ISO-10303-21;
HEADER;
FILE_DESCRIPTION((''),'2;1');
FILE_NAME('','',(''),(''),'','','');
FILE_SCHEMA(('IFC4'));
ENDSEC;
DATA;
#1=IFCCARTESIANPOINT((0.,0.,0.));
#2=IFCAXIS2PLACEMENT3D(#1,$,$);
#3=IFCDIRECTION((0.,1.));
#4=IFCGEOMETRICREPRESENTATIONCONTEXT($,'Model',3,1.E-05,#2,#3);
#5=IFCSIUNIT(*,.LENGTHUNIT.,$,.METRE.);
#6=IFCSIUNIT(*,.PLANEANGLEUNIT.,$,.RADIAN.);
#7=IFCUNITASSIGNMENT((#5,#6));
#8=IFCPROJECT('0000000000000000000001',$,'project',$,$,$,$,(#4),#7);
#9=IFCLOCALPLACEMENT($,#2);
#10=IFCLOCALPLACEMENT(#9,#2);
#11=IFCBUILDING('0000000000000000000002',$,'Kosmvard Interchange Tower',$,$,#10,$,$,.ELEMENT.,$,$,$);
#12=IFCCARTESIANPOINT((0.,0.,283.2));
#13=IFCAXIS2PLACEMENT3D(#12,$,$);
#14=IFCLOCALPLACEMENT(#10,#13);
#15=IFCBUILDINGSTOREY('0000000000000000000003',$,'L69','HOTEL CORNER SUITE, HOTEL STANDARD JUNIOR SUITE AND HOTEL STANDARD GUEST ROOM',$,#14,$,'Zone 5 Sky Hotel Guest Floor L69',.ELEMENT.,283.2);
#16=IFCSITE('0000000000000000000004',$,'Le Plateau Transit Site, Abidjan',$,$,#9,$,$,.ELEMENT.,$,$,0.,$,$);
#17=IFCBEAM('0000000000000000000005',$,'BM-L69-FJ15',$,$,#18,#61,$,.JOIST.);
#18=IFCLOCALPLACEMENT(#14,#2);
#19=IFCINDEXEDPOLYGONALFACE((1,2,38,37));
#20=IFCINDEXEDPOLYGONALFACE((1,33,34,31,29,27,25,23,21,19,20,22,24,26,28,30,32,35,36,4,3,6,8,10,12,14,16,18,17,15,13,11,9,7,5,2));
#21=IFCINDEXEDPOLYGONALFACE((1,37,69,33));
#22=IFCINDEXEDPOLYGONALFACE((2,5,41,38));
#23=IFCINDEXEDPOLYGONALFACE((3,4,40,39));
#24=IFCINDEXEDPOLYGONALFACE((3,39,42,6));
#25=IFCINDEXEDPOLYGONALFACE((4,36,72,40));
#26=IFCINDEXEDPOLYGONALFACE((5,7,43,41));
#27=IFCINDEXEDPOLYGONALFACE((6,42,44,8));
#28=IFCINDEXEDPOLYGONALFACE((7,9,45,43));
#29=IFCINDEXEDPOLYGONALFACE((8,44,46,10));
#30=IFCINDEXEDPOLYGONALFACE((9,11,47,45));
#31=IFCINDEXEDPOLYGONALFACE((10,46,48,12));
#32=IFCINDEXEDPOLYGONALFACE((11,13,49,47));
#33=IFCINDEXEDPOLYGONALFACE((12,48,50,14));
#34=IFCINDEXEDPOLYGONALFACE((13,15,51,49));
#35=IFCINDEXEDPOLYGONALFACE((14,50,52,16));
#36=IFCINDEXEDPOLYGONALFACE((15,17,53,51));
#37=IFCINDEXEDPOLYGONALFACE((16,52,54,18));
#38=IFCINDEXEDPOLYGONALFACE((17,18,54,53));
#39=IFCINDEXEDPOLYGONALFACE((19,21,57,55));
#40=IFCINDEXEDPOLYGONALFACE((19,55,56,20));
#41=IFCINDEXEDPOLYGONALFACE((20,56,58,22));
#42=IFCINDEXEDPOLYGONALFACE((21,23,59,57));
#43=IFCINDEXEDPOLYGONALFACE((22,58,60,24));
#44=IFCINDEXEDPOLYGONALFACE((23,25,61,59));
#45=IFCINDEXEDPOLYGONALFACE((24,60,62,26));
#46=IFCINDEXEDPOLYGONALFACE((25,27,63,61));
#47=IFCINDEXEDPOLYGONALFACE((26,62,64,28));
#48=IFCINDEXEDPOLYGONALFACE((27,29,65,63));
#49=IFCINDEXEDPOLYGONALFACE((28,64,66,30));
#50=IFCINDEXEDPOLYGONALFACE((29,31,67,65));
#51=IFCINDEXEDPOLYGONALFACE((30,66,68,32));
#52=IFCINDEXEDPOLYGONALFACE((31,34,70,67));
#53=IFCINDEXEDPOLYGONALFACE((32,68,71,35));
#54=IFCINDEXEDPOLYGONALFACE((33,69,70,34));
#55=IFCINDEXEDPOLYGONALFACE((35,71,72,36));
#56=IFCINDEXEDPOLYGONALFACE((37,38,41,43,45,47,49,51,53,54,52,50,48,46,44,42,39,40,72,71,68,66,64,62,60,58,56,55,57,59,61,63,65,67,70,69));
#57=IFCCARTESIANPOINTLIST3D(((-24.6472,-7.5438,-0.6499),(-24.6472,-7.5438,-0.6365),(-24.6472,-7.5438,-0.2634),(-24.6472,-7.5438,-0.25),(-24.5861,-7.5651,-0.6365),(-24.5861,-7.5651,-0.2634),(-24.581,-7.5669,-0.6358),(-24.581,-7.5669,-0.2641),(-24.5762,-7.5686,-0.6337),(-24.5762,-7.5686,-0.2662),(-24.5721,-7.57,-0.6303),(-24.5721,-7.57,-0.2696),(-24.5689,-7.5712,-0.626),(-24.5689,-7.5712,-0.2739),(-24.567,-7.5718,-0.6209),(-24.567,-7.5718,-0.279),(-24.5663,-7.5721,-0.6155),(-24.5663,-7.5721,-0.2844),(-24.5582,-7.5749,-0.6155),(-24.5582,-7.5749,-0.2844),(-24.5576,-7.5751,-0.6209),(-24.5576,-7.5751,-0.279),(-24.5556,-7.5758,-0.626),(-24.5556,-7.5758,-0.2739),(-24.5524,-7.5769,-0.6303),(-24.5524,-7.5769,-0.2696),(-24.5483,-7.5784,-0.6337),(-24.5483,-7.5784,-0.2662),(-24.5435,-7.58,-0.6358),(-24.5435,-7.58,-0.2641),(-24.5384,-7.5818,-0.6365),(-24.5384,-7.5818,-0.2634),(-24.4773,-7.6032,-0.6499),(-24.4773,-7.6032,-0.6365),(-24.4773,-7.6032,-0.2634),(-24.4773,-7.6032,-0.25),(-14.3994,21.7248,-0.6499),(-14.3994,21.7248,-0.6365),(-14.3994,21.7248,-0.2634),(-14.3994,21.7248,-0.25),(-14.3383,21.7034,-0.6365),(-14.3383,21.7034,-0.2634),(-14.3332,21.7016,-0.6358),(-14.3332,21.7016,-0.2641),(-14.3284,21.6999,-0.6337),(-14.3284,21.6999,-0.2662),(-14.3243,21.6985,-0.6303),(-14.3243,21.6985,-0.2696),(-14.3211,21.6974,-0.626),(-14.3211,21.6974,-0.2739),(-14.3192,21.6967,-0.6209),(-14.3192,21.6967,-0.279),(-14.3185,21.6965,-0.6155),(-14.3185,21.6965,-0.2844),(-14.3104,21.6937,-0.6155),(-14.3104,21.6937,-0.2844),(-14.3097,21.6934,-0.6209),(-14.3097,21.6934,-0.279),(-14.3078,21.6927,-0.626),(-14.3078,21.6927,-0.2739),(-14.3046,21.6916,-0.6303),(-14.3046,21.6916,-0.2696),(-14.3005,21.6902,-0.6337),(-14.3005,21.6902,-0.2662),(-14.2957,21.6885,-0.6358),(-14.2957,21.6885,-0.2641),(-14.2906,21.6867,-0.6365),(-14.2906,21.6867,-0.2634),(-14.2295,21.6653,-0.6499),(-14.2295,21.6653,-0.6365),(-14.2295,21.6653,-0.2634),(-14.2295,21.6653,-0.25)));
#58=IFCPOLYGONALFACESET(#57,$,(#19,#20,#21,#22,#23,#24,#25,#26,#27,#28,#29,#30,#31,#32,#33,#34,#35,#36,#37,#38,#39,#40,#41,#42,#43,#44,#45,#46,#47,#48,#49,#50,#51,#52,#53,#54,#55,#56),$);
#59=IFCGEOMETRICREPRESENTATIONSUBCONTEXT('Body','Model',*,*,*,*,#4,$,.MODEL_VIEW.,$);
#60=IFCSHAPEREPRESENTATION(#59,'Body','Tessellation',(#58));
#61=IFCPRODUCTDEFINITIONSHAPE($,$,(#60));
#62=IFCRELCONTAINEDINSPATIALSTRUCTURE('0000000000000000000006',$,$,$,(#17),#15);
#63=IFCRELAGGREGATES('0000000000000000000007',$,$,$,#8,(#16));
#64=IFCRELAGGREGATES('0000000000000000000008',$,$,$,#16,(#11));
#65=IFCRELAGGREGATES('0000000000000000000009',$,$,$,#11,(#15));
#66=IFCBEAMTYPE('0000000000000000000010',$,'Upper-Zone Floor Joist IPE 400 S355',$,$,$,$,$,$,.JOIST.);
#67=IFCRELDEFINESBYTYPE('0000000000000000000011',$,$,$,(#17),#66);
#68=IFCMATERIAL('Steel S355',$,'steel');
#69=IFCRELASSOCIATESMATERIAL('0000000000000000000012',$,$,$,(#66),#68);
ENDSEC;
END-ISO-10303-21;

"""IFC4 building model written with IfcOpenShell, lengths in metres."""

from ifc_helpers import new_model, si_unit, direction, frame, origin, origin_2d, place, context, subcontext, project, spatial, i_section, extrude, source, transform, mapped, material, material_profile, profile_set, type_object, element, save


model = new_model("IFC4")

# Units and contexts
model_context = context("Model", 3, precision=1e-05, world=origin(), true_north=direction((0.0, 1.0)))
body_context = subcontext(model_context, "Body", "Model", "MODEL_VIEW")
ifc_project = project(units=[si_unit("LENGTHUNIT", "METRE"), si_unit("PLANEANGLEUNIT", "RADIAN")], contexts=[model_context])

# Site, building, storey
site_placement = place(None, origin())
site = spatial("IfcSite", under=ifc_project, at=site_placement, Name="Le Plateau Transit Site, Abidjan", CompositionType="ELEMENT", RefElevation=0.0)
building_placement = place(site_placement, origin())
building = spatial("IfcBuilding", under=site, at=building_placement, Name="Kosmvard Interchange Tower", CompositionType="ELEMENT")
storey_placement = place(building_placement, frame((0.0, 0.0, 283.2)))
storey = spatial("IfcBuildingStorey", under=building, at=storey_placement, Name="L69", Description="HOTEL CORNER SUITE, HOTEL STANDARD JUNIOR SUITE AND HOTEL STANDARD GUEST ROOM", LongName="Zone 5 Sky Hotel Guest Floor L69", CompositionType="ELEMENT", Elevation=283.2)

# Beam
ifc_material_1 = material(Name="Steel S355", Category="steel")
ifc_material_profile_1 = material_profile(ifc_material_1, i_section(OverallWidth=0.1799, OverallDepth=0.3999, WebThickness=0.0085, FlangeThickness=0.0134, FilletRadius=0.021, at=origin_2d()), Name="IPE 400")
ifc_profile_set_1 = profile_set([ifc_material_profile_1], Name="Steel S355")
beam_type_1 = type_object("IfcBeamType", Name="Upper-Zone Floor Joist IPE 400 S355", PredefinedType="JOIST", material=ifc_profile_set_1)
shared_shape_1 = source(origin(), body_context, "Body", "SweptSolid", [
    extrude(i_section(OverallWidth=0.1799, OverallDepth=0.3999, WebThickness=0.0085, FlangeThickness=0.0134, FilletRadius=0.021, at=origin_2d()), origin(), (0.0, 0.0, 1.0), 31.0107),
])
beam_1_placement = place(storey_placement, frame((-14.3145, 21.6951, -0.45), z_axis=(-0.33046, -0.94382, 0.0), x_axis=(0.94382, -0.33046, 0.0)))
element("IfcBeam", 1, at=beam_1_placement, inside=storey, type_object=beam_type_1, Name="BM-L69-FJ15", PredefinedType="JOIST", context=body_context, shape_type="MappedRepresentation", body=[
    mapped(shared_shape_1, transform((0.0, 0.0, 0.0), scale=1.0)),
])

save(model, "model.ifc")
